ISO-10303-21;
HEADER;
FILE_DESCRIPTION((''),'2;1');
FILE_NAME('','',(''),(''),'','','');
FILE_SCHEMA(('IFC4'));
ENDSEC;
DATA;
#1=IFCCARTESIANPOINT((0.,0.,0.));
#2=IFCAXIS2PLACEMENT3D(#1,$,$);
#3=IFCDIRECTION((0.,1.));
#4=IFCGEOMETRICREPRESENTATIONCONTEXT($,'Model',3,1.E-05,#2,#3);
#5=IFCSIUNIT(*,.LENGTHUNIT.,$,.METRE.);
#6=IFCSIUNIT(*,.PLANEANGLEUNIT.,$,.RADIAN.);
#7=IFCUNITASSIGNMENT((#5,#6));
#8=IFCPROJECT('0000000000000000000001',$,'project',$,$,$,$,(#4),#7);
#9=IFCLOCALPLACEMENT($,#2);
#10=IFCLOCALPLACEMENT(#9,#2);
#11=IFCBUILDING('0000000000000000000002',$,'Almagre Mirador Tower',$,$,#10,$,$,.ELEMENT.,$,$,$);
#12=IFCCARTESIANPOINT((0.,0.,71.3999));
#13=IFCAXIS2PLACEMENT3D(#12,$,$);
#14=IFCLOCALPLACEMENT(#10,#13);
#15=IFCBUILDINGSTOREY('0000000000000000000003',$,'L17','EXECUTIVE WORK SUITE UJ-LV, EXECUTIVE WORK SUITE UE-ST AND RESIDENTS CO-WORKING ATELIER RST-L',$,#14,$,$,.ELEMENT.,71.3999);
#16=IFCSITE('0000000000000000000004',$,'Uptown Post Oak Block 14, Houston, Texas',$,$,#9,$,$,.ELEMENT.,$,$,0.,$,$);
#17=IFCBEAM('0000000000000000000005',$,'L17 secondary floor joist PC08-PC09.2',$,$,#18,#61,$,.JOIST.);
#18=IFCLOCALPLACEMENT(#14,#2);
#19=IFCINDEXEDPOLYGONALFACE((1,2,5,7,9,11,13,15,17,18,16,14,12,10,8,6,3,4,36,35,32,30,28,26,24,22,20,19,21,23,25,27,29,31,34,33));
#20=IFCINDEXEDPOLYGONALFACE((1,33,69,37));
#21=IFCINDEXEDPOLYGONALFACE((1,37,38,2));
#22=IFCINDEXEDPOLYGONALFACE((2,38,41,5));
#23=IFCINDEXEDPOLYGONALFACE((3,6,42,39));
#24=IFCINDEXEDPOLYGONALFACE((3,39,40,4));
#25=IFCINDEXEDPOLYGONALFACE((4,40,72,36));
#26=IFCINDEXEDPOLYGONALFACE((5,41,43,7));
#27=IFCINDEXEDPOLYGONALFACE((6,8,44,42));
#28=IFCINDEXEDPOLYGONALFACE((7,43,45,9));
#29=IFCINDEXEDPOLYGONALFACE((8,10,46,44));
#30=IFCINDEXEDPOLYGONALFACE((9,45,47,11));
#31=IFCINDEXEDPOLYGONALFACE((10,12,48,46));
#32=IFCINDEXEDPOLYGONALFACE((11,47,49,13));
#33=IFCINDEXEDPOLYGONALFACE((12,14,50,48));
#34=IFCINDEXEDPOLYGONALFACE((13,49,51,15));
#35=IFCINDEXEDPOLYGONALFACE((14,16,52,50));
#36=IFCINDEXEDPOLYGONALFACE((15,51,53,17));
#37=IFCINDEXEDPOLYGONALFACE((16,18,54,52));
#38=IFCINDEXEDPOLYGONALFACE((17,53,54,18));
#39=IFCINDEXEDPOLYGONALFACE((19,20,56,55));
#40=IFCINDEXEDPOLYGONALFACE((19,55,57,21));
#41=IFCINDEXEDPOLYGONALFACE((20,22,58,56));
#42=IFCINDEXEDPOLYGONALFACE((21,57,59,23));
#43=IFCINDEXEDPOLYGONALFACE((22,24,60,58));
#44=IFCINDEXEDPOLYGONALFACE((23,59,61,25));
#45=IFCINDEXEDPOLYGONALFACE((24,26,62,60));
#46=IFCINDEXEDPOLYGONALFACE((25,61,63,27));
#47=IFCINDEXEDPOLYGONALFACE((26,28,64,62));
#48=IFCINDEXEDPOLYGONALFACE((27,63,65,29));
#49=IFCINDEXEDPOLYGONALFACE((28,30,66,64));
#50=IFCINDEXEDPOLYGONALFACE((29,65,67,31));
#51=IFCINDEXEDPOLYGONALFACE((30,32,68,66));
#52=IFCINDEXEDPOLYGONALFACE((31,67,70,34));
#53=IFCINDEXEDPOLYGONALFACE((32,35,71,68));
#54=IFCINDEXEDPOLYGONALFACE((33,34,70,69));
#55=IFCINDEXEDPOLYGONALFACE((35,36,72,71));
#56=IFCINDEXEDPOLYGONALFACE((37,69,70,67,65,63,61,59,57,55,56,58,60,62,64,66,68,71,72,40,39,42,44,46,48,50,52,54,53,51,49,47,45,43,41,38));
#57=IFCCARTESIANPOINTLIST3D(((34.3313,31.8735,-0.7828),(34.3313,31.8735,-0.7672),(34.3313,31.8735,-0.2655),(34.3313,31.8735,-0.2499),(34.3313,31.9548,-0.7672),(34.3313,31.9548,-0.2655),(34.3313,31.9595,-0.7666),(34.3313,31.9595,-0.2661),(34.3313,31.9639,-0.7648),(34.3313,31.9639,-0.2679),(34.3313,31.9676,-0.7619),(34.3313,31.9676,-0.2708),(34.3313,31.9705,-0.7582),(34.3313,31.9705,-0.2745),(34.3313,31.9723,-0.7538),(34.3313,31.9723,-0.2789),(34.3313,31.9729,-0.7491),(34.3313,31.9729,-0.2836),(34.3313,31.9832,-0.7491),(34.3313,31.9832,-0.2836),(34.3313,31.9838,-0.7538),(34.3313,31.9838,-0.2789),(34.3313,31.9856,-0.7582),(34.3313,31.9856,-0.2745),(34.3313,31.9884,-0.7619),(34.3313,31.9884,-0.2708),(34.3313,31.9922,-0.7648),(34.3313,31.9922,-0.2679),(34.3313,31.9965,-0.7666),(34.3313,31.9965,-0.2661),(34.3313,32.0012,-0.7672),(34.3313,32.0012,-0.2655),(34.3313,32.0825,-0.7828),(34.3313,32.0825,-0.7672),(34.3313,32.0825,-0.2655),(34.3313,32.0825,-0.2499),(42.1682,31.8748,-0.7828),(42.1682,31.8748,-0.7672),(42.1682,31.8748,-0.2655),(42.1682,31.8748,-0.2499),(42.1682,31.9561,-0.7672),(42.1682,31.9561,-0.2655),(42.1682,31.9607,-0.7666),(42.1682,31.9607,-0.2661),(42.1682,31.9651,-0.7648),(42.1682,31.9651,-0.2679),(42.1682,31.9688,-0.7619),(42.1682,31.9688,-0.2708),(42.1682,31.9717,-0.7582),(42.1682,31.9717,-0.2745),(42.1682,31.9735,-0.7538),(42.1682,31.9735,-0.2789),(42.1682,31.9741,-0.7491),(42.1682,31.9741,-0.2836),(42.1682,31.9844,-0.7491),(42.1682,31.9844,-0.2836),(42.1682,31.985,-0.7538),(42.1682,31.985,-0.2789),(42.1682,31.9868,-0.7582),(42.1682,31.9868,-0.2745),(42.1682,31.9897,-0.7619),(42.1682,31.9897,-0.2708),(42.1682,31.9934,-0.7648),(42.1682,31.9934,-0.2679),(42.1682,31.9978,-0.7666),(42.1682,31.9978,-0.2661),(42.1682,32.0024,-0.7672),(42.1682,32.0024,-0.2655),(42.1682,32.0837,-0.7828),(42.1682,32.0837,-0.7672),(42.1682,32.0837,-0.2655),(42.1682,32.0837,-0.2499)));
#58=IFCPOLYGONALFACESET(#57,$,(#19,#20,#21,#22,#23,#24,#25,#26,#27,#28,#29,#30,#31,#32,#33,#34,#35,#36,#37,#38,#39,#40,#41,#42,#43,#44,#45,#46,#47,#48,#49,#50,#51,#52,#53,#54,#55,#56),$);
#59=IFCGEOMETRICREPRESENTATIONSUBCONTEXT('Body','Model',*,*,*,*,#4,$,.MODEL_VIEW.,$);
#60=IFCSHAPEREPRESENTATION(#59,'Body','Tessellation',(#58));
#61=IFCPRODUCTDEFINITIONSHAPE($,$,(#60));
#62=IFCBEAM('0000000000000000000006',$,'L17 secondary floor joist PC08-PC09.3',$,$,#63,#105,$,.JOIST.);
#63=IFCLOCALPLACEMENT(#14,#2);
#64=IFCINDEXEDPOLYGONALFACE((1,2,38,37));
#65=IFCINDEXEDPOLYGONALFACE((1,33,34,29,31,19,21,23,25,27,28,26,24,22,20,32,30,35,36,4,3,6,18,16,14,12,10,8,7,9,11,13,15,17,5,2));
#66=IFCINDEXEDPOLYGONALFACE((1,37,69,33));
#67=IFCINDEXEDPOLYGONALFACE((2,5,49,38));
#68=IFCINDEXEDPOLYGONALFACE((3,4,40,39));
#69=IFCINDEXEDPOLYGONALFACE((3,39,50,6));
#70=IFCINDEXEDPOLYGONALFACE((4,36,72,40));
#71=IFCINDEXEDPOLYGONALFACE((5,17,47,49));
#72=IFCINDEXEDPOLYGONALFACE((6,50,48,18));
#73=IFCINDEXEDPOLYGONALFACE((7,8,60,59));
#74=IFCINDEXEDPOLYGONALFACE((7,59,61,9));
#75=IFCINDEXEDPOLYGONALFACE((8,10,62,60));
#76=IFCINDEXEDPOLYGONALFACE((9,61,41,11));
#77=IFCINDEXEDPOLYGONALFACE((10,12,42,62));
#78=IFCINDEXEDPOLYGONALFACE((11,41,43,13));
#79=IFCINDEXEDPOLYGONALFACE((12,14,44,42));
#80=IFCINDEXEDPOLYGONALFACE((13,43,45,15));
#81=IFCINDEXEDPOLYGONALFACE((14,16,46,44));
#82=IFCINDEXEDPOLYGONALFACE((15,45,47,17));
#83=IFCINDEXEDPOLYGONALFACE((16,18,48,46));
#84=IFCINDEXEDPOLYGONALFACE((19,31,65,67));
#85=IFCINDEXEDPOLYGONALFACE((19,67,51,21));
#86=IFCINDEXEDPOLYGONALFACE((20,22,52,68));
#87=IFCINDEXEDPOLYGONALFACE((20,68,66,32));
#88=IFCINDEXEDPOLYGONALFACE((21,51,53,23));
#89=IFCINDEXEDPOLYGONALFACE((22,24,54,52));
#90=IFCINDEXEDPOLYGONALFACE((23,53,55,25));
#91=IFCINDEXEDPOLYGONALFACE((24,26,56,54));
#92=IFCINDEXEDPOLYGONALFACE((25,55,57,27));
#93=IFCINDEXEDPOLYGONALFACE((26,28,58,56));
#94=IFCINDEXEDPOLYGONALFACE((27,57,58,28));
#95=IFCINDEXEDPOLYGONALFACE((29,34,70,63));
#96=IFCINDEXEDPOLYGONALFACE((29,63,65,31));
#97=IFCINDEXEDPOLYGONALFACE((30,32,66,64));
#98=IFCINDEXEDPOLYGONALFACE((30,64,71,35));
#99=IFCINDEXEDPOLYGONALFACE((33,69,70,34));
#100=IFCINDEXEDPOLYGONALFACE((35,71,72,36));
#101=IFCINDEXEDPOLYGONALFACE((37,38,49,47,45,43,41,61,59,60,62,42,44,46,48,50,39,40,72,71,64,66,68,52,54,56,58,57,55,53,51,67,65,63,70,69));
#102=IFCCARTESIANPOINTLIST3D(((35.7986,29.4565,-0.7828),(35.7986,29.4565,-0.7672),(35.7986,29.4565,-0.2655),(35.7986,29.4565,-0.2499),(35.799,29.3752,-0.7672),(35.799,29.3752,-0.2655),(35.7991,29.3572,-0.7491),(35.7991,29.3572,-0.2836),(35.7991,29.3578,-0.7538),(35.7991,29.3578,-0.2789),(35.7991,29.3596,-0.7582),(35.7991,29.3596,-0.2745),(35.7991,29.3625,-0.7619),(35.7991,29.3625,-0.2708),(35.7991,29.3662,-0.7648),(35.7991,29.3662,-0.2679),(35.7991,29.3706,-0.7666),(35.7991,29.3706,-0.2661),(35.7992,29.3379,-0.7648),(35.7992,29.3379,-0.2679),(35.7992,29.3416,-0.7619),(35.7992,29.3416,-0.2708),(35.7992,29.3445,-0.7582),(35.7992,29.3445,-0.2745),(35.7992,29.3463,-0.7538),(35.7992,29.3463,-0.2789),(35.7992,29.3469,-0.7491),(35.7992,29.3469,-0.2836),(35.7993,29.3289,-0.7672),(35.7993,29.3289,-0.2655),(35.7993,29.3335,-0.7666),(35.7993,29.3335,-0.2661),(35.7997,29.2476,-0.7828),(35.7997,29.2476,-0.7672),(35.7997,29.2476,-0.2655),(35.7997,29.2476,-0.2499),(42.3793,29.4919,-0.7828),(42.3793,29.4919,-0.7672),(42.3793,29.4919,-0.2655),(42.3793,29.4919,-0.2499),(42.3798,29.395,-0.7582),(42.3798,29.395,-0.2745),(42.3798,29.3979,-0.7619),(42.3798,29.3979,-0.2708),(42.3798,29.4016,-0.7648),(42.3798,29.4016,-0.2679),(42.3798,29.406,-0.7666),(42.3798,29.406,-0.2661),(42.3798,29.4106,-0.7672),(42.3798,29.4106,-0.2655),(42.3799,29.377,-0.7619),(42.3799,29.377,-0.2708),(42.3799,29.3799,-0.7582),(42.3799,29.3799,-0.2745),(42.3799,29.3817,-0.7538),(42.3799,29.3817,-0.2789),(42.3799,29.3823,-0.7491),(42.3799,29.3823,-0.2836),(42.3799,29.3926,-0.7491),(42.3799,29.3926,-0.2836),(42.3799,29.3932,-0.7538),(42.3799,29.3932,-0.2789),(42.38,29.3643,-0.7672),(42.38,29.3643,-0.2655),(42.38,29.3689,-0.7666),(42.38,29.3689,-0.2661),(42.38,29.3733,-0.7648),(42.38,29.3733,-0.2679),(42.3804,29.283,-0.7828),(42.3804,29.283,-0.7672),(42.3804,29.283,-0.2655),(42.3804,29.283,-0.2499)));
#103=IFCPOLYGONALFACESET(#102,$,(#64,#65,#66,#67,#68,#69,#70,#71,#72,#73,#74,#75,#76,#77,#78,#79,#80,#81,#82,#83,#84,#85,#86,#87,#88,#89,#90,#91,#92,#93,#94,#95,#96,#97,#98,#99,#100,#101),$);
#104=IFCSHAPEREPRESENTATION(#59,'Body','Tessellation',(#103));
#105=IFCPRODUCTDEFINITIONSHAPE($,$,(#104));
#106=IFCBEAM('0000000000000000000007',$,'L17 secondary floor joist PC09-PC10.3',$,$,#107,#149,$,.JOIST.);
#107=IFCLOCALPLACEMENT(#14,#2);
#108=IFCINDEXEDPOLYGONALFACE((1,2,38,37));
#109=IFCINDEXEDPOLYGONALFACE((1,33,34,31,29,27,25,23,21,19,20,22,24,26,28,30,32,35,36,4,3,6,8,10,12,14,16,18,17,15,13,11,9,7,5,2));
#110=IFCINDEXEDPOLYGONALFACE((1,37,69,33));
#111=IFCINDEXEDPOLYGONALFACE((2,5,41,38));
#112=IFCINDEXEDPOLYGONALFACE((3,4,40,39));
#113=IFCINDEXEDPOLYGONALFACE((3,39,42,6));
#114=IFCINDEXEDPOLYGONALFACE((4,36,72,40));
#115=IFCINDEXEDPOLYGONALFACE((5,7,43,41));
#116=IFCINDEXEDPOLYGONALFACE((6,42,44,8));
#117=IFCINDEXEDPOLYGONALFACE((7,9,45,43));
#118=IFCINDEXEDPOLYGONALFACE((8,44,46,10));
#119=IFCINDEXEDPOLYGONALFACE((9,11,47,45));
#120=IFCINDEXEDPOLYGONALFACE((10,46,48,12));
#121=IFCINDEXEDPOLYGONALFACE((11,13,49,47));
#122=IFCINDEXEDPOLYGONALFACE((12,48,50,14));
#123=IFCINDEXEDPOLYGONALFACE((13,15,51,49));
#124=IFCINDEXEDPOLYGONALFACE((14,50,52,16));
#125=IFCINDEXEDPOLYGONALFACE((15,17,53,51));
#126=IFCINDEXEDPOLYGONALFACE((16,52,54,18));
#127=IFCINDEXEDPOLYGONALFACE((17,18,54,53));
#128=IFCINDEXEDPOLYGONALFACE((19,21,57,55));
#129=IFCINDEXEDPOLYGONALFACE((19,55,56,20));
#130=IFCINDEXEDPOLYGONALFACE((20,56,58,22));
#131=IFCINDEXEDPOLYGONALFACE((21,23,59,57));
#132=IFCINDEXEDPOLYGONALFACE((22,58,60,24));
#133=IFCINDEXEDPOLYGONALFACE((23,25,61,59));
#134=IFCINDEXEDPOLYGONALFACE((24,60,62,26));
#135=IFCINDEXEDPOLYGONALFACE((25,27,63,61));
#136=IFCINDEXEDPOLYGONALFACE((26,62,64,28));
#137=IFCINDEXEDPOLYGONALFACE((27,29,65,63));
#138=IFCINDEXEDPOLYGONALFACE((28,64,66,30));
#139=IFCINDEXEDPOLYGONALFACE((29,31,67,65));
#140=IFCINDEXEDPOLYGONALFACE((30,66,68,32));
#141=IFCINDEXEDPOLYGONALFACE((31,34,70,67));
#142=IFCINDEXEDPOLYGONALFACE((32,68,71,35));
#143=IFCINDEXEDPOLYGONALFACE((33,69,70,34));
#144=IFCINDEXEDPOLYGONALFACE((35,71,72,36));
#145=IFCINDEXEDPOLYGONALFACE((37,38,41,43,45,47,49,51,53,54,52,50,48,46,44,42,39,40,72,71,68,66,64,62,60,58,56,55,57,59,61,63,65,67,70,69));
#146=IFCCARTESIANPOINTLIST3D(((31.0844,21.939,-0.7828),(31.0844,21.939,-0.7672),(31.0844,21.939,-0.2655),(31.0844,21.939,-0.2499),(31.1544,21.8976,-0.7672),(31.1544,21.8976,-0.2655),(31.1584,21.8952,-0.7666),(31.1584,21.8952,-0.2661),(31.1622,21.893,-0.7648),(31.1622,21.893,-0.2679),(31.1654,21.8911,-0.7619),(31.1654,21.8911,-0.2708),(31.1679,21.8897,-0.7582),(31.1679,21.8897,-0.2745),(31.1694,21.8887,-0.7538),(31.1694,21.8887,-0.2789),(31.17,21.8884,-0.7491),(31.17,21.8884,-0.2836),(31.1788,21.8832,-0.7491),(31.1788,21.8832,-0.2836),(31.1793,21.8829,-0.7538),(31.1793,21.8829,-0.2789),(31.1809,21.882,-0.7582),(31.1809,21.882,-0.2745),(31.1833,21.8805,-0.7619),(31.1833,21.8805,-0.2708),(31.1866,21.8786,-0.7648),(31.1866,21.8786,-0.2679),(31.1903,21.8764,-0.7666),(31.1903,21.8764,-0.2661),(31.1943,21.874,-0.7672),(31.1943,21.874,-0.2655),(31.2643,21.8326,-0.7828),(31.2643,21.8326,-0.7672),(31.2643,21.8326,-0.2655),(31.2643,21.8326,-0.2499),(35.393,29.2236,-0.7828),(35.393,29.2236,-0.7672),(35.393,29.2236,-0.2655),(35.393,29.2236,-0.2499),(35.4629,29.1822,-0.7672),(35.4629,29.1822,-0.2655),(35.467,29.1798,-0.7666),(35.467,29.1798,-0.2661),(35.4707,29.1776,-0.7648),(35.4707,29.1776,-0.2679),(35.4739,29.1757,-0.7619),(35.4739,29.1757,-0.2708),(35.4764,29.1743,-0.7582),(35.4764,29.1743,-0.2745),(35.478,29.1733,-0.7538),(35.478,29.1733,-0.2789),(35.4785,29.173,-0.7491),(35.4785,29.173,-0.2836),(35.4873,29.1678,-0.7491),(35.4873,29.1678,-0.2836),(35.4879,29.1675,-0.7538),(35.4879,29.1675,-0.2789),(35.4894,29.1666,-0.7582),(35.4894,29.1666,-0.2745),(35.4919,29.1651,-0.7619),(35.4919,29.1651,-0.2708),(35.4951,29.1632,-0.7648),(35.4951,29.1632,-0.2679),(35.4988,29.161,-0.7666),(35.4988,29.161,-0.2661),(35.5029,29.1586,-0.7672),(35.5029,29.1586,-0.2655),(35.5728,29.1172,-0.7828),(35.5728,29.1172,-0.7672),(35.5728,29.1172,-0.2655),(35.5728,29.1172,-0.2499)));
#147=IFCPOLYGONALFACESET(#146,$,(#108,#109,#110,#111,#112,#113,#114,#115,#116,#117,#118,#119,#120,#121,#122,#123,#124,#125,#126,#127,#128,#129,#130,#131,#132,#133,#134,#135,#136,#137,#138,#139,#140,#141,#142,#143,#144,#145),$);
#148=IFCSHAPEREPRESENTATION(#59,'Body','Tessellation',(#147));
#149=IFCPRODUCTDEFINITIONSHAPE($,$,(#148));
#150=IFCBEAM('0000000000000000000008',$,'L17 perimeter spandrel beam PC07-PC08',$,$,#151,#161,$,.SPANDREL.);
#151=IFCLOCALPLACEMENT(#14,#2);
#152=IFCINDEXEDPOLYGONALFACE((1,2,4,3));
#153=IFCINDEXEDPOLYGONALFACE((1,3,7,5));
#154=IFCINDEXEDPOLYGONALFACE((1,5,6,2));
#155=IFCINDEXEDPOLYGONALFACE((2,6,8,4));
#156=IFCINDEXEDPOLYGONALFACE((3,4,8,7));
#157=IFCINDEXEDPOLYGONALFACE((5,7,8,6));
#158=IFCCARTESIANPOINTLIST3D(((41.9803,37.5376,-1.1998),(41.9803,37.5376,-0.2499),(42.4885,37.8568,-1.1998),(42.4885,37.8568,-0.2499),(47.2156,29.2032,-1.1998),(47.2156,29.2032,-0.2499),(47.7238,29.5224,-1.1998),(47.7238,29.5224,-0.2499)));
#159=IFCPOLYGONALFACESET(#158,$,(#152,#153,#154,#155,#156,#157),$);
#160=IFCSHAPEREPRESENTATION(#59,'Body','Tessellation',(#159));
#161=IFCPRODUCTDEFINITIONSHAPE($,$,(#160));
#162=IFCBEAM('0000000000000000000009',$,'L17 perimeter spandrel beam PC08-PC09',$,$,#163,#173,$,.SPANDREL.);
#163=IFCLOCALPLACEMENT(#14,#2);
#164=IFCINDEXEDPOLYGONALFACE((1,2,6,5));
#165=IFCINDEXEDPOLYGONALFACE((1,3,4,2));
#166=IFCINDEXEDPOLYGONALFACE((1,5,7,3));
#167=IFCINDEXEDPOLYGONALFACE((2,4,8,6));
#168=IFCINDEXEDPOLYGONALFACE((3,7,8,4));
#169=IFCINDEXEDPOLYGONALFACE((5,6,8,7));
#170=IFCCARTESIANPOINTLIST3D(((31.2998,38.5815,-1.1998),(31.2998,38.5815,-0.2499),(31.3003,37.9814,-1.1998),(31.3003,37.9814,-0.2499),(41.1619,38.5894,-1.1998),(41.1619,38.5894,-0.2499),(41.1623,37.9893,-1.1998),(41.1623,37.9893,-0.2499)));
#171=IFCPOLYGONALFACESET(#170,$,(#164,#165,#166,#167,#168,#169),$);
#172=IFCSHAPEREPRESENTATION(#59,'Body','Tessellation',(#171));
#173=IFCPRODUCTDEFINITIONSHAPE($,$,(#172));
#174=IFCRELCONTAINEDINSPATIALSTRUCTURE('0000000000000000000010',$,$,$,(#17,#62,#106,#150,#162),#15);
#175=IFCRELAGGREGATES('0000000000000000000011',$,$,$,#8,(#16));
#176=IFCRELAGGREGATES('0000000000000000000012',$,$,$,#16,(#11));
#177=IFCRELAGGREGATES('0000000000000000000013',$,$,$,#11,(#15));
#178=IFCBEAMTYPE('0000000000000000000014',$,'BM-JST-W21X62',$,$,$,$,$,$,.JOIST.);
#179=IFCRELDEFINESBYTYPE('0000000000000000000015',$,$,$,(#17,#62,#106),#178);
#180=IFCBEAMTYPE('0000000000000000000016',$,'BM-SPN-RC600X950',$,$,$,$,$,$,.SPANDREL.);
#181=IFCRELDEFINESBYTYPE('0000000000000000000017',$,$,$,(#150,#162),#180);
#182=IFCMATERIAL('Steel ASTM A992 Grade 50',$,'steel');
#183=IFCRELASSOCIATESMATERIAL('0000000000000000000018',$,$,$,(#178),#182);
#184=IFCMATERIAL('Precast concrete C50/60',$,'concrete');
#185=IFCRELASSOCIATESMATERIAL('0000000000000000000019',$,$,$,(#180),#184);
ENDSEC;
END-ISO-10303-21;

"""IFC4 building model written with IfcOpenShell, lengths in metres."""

from ifc_helpers import new_model, si_unit, direction, frame, origin, origin_2d, place, context, subcontext, project, spatial, rectangle, i_section, extrude, material, material_profile, profile_set, type_object, element, save


model = new_model("IFC4")

# Units and contexts
model_context = context("Model", 3, precision=1e-05, world=origin(), true_north=direction((0.0, 1.0)))
body_context = subcontext(model_context, "Body", "Model", "MODEL_VIEW")
ifc_project = project(units=[si_unit("LENGTHUNIT", "METRE"), si_unit("PLANEANGLEUNIT", "RADIAN")], contexts=[model_context])

# Site, building, storey
site_placement = place(None, origin())
site = spatial("IfcSite", under=ifc_project, at=site_placement, Name="Uptown Post Oak Block 14, Houston, Texas", CompositionType="ELEMENT", RefElevation=0.0)
building_placement = place(site_placement, origin())
building = spatial("IfcBuilding", under=site, at=building_placement, Name="Almagre Mirador Tower", CompositionType="ELEMENT")
storey_placement = place(building_placement, frame((0.0, 0.0, 71.3999)))
storey = spatial("IfcBuildingStorey", under=building, at=storey_placement, Name="L17", Description="EXECUTIVE WORK SUITE UJ-LV, EXECUTIVE WORK SUITE UE-ST AND RESIDENTS CO-WORKING ATELIER RST-L", CompositionType="ELEMENT", Elevation=71.3999)

# Beams
ifc_material_1 = material(Name="Steel ASTM A992 Grade 50", Category="steel")
ifc_material_profile_1 = material_profile(ifc_material_1, i_section(OverallWidth=0.209, OverallDepth=0.533, WebThickness=0.0103, FlangeThickness=0.0156, FilletRadius=0.0181, at=origin_2d()), Name="W21X62")
ifc_profile_set_1 = profile_set([ifc_material_profile_1], Name="Steel ASTM A992 Grade 50")
beam_type_1 = type_object("IfcBeamType", Name="BM-JST-W21X62", PredefinedType="JOIST", material=ifc_profile_set_1)
beam_1_placement = place(storey_placement, frame((42.1682, 31.9792, -0.5164), z_axis=(-1.0, -0.000156, 0.0), x_axis=(0.000156, -1.0, 0.0)))
element("IfcBeam", 1, at=beam_1_placement, inside=storey, type_object=beam_type_1, Name="L17 secondary floor joist PC08-PC09.2", PredefinedType="JOIST", context=body_context, shape_type="SweptSolid", body=[
    extrude(i_section(OverallWidth=0.209, OverallDepth=0.533, WebThickness=0.0103, FlangeThickness=0.0156, FilletRadius=0.0181, at=origin_2d()), origin(), (0.0, 0.0, 1.0), 7.8369),
])
beam_2_placement = place(storey_placement, frame((42.3799, 29.3875, -0.5164), z_axis=(-0.999986, -0.005379, 0.0), x_axis=(0.005379, -0.999986, 0.0)))
element("IfcBeam", 2, at=beam_2_placement, inside=storey, type_object=beam_type_1, Name="L17 secondary floor joist PC08-PC09.3", PredefinedType="JOIST", context=body_context, shape_type="SweptSolid", body=[
    extrude(i_section(OverallWidth=0.209, OverallDepth=0.533, WebThickness=0.0103, FlangeThickness=0.0156, FilletRadius=0.0181, at=origin_2d()), origin(), (0.0, 0.0, 1.0), 6.5808),
])
beam_3_placement = place(storey_placement, frame((35.4829, 29.1704, -0.5164), z_axis=(-0.509081, -0.860719, 0.0), x_axis=(0.860719, -0.509081, 0.0)))
element("IfcBeam", 3, at=beam_3_placement, inside=storey, type_object=beam_type_1, Name="L17 secondary floor joist PC09-PC10.3", PredefinedType="JOIST", context=body_context, shape_type="SweptSolid", body=[
    extrude(i_section(OverallWidth=0.209, OverallDepth=0.533, WebThickness=0.0103, FlangeThickness=0.0156, FilletRadius=0.0181, at=origin_2d()), origin(), (0.0, 0.0, 1.0), 8.4634),
])
ifc_material_2 = material(Name="Precast concrete C50/60", Category="concrete")
ifc_material_profile_2 = material_profile(ifc_material_2, rectangle(XDim=0.6001, YDim=0.95, at=origin_2d()), Name="RC600X950")
ifc_profile_set_2 = profile_set([ifc_material_profile_2], Name="Precast concrete C50/60")
beam_type_2 = type_object("IfcBeamType", Name="BM-SPN-RC600X950", PredefinedType="SPANDREL", material=ifc_profile_set_2)
beam_4_placement = place(storey_placement, frame((47.4697, 29.3628, -0.7249), z_axis=(-0.53192, 0.846795, 0.0), x_axis=(-0.846795, -0.53192, 0.0)))
element("IfcBeam", 4, at=beam_4_placement, inside=storey, type_object=beam_type_2, Name="L17 perimeter spandrel beam PC07-PC08", PredefinedType="SPANDREL", context=body_context, shape_type="SweptSolid", body=[
    extrude(rectangle(XDim=0.6001, YDim=0.95, at=origin_2d()), origin(), (0.0, 0.0, 1.0), 9.8423),
])
beam_5_placement = place(storey_placement, frame((41.1621, 38.2893, -0.7249), z_axis=(-1.0, -0.000792, 0.0), x_axis=(0.000792, -1.0, 0.0)))
element("IfcBeam", 5, at=beam_5_placement, inside=storey, type_object=beam_type_2, Name="L17 perimeter spandrel beam PC08-PC09", PredefinedType="SPANDREL", context=body_context, shape_type="SweptSolid", body=[
    extrude(rectangle(XDim=0.6001, YDim=0.95, at=origin_2d()), origin(), (0.0, 0.0, 1.0), 9.8621),
])

save(model, "model.ifc")
